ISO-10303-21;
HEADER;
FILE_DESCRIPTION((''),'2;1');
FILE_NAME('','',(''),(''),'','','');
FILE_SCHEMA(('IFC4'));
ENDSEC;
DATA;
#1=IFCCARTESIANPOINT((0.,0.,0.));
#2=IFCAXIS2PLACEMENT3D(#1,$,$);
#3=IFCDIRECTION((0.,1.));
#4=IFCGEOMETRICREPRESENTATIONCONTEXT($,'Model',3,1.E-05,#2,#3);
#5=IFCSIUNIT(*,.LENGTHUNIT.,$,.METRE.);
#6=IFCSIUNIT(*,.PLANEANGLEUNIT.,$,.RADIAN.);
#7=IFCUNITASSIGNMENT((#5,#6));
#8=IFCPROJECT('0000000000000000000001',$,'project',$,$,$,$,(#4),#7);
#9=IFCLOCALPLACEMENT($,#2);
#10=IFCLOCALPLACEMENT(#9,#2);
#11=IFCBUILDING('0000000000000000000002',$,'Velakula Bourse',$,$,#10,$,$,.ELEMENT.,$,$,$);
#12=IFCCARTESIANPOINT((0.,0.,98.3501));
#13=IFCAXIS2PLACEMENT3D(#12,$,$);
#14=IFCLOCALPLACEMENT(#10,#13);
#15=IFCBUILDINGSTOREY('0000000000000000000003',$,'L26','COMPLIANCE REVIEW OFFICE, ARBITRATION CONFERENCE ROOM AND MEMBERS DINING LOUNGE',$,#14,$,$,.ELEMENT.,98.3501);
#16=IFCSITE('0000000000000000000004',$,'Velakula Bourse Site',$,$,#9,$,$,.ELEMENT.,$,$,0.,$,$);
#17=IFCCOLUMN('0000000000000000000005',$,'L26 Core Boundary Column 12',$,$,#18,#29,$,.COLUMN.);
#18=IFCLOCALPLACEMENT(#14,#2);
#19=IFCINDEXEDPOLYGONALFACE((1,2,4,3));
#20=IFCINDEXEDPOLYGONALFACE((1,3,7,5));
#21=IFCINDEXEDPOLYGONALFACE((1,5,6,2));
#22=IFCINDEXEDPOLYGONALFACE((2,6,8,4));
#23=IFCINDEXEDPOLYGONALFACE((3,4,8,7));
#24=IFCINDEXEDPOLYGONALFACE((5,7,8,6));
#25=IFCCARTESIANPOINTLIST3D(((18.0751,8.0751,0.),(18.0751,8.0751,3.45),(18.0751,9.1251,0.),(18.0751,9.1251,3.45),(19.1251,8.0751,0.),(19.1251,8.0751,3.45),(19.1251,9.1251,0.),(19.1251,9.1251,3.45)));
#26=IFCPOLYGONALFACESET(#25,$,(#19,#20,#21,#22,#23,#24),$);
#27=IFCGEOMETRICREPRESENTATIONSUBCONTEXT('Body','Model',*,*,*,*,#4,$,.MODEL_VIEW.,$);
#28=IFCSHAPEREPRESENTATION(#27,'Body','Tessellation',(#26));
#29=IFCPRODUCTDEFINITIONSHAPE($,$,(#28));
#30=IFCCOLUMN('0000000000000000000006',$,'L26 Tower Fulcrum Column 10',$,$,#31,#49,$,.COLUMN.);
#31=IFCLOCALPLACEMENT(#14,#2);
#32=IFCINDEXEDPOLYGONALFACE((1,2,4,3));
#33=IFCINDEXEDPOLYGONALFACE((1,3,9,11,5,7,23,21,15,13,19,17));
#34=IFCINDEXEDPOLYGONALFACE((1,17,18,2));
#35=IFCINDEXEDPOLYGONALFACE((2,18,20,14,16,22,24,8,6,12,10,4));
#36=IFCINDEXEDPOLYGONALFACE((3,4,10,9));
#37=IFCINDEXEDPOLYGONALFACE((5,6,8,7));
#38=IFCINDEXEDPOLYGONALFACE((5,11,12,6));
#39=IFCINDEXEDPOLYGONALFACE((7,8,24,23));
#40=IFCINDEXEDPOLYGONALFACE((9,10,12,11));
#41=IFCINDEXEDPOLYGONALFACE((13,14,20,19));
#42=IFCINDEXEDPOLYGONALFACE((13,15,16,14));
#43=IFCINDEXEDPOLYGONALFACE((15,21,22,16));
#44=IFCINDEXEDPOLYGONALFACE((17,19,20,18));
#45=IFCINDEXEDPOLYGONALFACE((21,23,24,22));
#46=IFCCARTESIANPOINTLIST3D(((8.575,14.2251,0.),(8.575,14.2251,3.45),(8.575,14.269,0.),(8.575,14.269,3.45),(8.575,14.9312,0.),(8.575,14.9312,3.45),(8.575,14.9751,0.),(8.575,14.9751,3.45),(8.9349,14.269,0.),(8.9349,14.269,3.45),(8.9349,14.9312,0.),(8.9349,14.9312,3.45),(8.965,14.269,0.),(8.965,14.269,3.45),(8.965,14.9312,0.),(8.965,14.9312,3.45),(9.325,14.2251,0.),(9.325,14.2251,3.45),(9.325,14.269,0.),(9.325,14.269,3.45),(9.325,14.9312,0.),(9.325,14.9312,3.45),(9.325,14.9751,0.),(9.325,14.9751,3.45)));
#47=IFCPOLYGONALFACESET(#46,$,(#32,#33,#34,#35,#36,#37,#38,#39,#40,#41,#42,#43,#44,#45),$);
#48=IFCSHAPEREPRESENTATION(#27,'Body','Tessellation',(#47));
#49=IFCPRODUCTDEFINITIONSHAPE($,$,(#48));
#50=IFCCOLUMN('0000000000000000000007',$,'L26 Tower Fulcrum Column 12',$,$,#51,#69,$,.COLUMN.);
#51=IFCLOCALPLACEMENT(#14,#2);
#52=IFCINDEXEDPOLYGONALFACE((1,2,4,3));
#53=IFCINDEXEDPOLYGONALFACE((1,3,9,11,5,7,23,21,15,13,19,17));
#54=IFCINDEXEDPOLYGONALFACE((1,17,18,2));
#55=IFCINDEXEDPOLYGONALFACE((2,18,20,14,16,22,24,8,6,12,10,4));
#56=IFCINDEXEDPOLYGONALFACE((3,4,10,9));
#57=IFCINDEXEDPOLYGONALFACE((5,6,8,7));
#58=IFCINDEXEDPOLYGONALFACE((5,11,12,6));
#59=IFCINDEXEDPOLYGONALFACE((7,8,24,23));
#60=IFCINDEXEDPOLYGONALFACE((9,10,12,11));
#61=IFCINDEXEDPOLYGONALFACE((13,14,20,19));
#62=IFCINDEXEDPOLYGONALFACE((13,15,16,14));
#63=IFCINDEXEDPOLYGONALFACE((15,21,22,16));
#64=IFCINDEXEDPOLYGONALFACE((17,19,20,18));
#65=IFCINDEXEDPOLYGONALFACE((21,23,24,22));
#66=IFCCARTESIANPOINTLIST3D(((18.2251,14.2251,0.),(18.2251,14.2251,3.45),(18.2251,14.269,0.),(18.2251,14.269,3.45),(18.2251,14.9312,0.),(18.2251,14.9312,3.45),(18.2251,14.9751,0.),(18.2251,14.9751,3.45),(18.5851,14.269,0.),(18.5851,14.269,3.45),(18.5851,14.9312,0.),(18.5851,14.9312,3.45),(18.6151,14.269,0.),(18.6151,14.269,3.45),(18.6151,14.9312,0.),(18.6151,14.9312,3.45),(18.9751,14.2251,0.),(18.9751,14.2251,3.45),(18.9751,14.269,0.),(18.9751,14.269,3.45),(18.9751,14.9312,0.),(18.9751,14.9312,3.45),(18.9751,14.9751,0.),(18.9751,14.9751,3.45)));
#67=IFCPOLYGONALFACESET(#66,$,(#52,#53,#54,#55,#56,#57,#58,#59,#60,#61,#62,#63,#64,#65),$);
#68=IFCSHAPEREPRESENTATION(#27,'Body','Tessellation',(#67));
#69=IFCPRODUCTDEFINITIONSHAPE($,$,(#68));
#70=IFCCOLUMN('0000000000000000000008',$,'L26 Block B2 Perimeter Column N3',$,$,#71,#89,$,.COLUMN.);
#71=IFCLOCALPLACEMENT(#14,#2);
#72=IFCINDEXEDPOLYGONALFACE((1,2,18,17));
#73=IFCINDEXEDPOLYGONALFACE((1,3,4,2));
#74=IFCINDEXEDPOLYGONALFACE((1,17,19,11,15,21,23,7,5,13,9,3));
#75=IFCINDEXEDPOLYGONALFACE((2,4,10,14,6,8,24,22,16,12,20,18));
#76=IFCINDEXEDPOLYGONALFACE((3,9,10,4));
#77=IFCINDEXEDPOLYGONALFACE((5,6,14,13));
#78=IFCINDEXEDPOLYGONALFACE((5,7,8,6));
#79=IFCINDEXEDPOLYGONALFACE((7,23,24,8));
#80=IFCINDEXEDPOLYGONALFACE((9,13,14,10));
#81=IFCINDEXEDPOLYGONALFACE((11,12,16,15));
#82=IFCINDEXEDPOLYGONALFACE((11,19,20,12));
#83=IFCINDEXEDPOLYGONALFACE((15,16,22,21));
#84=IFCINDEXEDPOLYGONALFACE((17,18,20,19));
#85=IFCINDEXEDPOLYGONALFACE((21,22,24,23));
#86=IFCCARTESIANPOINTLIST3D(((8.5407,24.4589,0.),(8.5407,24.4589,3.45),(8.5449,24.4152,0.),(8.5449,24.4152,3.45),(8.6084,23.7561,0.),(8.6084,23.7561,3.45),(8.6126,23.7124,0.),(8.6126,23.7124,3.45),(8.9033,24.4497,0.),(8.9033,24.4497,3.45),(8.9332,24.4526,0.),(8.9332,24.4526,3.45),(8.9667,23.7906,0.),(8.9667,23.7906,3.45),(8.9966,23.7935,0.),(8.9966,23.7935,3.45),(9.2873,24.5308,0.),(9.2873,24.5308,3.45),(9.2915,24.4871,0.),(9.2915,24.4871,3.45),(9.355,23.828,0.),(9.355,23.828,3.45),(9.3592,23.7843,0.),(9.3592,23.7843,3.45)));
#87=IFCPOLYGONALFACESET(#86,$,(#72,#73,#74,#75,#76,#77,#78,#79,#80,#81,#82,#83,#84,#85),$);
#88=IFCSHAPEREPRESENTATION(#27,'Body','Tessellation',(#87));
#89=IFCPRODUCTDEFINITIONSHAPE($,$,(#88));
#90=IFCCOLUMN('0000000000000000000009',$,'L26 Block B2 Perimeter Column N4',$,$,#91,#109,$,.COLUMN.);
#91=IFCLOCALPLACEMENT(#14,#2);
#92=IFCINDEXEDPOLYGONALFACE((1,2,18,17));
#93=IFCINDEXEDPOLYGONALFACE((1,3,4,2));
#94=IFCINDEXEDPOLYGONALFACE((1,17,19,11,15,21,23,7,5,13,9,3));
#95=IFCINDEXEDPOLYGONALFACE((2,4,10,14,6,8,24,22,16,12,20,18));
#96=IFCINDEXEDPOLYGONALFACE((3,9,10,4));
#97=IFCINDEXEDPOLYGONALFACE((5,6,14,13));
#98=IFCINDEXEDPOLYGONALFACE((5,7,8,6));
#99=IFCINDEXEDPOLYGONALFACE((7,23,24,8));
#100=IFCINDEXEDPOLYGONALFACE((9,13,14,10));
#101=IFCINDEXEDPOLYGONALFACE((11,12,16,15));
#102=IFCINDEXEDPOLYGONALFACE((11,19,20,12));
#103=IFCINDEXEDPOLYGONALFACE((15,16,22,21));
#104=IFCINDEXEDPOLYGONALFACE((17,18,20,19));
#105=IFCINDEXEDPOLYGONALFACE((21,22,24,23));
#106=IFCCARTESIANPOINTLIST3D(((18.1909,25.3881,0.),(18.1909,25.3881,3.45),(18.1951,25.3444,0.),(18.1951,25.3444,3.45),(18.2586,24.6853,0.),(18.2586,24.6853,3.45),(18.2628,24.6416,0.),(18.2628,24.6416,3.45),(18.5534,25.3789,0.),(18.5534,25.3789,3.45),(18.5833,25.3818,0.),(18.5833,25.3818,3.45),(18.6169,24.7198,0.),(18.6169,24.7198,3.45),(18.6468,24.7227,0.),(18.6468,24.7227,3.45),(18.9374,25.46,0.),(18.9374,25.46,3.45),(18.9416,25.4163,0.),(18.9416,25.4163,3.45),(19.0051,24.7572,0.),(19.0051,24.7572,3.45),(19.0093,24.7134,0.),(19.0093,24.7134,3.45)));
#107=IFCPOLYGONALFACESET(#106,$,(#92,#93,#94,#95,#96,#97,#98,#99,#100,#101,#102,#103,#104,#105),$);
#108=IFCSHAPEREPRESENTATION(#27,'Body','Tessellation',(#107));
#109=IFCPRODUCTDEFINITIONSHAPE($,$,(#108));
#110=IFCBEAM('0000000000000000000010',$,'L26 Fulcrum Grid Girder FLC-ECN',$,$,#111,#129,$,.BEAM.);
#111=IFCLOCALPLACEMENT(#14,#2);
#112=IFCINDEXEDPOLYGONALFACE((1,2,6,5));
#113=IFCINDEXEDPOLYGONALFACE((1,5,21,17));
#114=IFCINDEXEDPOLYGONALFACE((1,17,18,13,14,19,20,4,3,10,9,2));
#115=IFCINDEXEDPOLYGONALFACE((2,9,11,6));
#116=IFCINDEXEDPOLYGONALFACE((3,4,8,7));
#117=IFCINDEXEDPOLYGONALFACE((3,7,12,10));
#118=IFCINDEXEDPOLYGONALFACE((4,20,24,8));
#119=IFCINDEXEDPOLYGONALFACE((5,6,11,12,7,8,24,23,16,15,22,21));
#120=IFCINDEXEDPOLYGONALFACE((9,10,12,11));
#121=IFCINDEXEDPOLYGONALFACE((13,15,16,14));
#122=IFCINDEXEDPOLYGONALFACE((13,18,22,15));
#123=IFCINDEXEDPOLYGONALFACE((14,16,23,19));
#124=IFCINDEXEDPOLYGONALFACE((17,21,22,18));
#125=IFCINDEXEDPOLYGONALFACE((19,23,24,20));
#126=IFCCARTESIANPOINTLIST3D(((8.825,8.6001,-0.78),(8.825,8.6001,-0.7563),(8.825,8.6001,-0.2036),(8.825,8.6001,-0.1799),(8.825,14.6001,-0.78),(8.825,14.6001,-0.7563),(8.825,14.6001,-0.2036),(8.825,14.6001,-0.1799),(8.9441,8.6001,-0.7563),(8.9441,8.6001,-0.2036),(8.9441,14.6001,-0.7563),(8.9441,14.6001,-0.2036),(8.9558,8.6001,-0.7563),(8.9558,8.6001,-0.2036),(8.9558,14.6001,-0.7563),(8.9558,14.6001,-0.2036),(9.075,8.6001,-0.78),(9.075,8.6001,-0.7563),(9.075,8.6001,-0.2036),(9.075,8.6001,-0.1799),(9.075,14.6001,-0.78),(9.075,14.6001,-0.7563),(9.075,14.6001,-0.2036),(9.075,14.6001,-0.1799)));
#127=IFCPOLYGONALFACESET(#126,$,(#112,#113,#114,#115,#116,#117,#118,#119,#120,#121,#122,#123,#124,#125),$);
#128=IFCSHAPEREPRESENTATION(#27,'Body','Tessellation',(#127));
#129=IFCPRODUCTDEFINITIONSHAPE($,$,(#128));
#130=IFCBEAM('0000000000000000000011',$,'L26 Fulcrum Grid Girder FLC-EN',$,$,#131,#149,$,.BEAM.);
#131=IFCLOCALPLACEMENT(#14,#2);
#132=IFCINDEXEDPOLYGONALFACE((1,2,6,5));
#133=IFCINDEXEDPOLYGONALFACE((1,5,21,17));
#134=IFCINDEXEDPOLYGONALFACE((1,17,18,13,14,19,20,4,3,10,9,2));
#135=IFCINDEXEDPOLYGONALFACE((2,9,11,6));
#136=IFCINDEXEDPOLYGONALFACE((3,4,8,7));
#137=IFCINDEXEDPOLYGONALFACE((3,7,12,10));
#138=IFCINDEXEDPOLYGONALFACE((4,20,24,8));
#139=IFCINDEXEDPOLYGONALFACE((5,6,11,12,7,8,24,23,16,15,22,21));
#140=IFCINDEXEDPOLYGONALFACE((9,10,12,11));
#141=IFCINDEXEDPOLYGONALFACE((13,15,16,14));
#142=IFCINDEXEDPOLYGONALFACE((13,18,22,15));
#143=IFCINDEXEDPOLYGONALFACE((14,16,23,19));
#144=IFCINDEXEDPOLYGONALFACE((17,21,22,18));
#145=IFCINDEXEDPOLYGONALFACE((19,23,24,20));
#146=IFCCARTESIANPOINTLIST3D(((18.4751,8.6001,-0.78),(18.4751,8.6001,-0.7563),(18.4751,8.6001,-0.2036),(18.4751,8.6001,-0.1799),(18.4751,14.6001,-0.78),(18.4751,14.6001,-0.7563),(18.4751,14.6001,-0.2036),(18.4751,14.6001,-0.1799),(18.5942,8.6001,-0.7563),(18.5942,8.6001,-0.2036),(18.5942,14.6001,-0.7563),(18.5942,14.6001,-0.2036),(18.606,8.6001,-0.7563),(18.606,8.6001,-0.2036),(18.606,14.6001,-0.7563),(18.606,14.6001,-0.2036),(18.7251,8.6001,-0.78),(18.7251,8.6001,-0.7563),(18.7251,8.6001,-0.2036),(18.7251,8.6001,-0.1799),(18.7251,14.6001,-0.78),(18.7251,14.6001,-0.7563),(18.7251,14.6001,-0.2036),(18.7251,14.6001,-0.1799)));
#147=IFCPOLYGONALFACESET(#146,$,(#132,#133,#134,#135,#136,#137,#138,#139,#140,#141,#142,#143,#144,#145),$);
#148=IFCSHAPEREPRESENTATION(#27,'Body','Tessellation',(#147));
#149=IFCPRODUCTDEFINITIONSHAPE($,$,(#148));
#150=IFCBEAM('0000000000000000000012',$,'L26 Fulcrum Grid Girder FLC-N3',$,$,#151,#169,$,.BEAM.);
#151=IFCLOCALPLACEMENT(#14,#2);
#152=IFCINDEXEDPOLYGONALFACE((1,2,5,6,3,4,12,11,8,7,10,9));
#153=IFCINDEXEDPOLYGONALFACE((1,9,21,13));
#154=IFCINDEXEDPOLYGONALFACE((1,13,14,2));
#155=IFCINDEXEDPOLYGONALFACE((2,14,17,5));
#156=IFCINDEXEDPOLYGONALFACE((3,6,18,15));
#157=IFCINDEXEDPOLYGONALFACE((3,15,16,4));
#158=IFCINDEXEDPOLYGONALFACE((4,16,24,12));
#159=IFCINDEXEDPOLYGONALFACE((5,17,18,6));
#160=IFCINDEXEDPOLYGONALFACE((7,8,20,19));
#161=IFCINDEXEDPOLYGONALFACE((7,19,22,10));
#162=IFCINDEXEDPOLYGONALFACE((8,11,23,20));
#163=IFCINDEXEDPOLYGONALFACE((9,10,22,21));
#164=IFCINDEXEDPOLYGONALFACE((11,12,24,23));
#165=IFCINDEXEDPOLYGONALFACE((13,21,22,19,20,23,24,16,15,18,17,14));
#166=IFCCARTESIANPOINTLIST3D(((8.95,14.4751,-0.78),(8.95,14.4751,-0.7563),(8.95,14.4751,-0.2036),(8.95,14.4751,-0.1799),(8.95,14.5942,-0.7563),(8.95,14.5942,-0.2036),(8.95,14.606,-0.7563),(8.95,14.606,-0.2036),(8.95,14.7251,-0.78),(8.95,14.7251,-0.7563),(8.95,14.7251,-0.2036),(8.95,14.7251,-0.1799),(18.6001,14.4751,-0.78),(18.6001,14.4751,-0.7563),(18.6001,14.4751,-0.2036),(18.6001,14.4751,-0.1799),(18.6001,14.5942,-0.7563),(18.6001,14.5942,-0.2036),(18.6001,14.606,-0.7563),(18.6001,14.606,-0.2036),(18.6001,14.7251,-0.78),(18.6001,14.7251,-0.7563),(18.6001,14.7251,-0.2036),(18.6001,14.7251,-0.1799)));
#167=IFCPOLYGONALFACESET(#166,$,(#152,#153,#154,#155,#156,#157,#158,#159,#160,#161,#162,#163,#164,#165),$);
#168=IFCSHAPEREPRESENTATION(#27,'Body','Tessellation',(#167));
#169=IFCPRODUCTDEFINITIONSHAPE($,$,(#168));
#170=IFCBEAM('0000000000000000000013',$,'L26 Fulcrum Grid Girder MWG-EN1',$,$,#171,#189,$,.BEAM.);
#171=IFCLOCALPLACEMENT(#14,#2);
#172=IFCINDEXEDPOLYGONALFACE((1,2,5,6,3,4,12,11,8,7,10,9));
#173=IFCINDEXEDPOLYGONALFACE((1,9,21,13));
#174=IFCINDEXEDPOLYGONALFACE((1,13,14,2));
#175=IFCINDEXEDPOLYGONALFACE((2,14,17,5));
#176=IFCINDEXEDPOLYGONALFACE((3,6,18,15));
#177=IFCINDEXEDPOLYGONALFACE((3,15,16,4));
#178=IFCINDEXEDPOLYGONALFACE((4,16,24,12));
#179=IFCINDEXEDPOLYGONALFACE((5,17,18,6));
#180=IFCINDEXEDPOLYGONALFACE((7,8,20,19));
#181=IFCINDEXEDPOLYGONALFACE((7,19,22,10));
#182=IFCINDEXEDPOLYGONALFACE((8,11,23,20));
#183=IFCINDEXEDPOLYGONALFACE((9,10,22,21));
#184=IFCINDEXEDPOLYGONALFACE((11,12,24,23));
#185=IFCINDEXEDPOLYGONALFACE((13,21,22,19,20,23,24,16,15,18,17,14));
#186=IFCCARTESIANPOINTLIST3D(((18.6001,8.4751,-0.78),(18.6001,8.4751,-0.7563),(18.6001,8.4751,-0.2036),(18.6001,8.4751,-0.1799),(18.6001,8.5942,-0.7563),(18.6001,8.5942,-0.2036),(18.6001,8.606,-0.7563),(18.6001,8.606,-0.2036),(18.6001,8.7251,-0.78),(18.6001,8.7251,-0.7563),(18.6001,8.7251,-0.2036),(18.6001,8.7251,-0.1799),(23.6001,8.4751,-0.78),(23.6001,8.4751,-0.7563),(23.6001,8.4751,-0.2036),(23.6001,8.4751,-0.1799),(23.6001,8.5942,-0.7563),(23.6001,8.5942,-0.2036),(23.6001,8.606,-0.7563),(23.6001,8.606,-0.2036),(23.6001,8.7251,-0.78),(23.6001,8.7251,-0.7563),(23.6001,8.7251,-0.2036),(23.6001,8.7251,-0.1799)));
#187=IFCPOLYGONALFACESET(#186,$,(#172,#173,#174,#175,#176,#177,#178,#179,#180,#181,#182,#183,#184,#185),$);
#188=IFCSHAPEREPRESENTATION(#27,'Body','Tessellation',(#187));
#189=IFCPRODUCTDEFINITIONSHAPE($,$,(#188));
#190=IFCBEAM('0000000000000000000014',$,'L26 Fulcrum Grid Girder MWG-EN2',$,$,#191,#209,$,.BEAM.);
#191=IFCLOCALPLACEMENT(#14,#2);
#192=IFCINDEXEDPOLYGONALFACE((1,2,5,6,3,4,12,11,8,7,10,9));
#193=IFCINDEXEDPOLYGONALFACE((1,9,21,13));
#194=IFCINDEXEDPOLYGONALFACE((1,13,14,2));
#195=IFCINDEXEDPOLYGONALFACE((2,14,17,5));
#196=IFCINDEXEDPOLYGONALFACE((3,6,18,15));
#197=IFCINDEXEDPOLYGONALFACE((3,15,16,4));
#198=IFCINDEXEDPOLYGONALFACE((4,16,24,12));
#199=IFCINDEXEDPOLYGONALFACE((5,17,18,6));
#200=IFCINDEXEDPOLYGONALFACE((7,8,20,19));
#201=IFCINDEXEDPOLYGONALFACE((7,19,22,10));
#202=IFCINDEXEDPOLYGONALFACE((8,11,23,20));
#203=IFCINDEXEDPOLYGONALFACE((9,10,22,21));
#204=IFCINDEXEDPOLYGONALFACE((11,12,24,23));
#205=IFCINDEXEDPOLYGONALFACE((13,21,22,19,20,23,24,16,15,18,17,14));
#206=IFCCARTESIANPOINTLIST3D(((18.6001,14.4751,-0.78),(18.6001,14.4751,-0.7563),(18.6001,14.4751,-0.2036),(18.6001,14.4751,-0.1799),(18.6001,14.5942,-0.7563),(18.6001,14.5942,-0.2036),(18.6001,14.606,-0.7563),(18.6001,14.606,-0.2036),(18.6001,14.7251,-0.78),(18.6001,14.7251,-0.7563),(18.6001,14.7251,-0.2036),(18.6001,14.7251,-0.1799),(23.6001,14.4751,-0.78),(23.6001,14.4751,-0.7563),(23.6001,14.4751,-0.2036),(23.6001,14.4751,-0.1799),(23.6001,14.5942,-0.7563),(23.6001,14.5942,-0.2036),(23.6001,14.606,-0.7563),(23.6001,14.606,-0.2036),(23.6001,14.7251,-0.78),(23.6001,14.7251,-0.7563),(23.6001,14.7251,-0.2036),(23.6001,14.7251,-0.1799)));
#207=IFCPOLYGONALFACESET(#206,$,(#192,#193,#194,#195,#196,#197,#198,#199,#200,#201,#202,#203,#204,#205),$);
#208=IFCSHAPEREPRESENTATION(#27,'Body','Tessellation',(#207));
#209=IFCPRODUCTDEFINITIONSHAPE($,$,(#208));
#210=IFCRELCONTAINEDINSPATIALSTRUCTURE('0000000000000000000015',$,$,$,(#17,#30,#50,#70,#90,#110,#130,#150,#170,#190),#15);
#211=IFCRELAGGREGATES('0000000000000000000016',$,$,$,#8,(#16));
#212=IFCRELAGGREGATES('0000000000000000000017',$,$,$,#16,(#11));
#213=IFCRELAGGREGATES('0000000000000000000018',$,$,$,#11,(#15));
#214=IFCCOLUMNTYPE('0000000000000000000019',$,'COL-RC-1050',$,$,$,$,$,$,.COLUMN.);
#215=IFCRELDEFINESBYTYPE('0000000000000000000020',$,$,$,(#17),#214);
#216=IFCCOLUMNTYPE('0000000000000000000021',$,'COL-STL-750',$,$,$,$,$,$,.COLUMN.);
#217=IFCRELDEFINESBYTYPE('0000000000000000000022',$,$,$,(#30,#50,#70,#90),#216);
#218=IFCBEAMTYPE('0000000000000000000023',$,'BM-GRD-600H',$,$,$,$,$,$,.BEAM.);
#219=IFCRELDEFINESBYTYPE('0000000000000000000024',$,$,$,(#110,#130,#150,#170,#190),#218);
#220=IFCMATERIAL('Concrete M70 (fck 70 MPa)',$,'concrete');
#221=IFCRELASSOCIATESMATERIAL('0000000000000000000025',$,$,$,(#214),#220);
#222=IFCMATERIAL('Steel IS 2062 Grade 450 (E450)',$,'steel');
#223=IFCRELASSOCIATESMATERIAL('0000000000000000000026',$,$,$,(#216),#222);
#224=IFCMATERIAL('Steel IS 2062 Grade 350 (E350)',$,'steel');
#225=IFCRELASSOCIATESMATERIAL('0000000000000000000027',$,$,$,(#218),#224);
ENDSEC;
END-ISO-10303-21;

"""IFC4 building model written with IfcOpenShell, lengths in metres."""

from ifc_helpers import new_model, si_unit, direction, frame, origin, origin_2d, place, context, subcontext, project, spatial, rectangle, i_section, extrude, material, material_profile, profile_set, type_object, element, save


model = new_model("IFC4")

# Units and contexts
model_context = context("Model", 3, precision=1e-05, world=origin(), true_north=direction((0.0, 1.0)))
body_context = subcontext(model_context, "Body", "Model", "MODEL_VIEW")
ifc_project = project(units=[si_unit("LENGTHUNIT", "METRE"), si_unit("PLANEANGLEUNIT", "RADIAN")], contexts=[model_context])

# Site, building, storey
site_placement = place(None, origin())
site = spatial("IfcSite", under=ifc_project, at=site_placement, Name="Velakula Bourse Site", CompositionType="ELEMENT", RefElevation=0.0)
building_placement = place(site_placement, origin())
building = spatial("IfcBuilding", under=site, at=building_placement, Name="Velakula Bourse", CompositionType="ELEMENT")
storey_placement = place(building_placement, frame((0.0, 0.0, 98.3501)))
storey = spatial("IfcBuildingStorey", under=building, at=storey_placement, Name="L26", Description="COMPLIANCE REVIEW OFFICE, ARBITRATION CONFERENCE ROOM AND MEMBERS DINING LOUNGE", CompositionType="ELEMENT", Elevation=98.3501)

# Columns
ifc_material_1 = material(Name="Concrete M70 (fck 70 MPa)", Category="concrete")
ifc_material_profile_1 = material_profile(ifc_material_1, rectangle(XDim=1.05, YDim=1.05, at=origin_2d()), Name="Concrete M70 (fck 70 MPa)")
ifc_profile_set_1 = profile_set([ifc_material_profile_1], Name="Concrete M70 (fck 70 MPa)")
column_type_1 = type_object("IfcColumnType", Name="COL-RC-1050", PredefinedType="COLUMN", material=ifc_profile_set_1)
column_placement = place(storey_placement, frame((18.6001, 8.6001, 0.0), z_axis=(0.0, 0.0, 1.0), x_axis=(1.0, 0.0, 0.0)))
element("IfcColumn", 1, at=column_placement, inside=storey, type_object=column_type_1, Name="L26 Core Boundary Column 12", PredefinedType="COLUMN", context=body_context, shape_type="SweptSolid", body=[
    extrude(rectangle(XDim=1.05, YDim=1.05, at=origin_2d()), origin(), (0.0, 0.0, 1.0), 3.45),
])
ifc_material_2 = material(Name="Steel IS 2062 Grade 450 (E450)", Category="steel")
ifc_material_profile_2 = material_profile(ifc_material_2, i_section(OverallWidth=0.75, OverallDepth=0.75, WebThickness=0.03, FlangeThickness=0.0439, at=origin_2d()), Name="Steel IS 2062 Grade 450 (E450)")
ifc_profile_set_2 = profile_set([ifc_material_profile_2], Name="Steel IS 2062 Grade 450 (E450)")
column_type_2 = type_object("IfcColumnType", Name="COL-STL-750", PredefinedType="COLUMN", material=ifc_profile_set_2)
for number, where, z_axis, x_axis, name in (
    (2, (8.95, 14.6001, 0.0), (0.0, 0.0, 1.0), (1.0, 0.0, 0.0), "L26 Tower Fulcrum Column 10"),
    (3, (18.6001, 14.6001, 0.0), (0.0, 0.0, 1.0), (1.0, 0.0, 0.0), "L26 Tower Fulcrum Column 12"),
    (4, (8.95, 24.1216, 0.0), (0.0, 0.0, 1.0), (0.995396, 0.095846, 0.0), "L26 Block B2 Perimeter Column N3"),
    (5, (18.6001, 25.0508, 0.0), (0.0, 0.0, 1.0), (0.995396, 0.095846, 0.0), "L26 Block B2 Perimeter Column N4"),
):
    element("IfcColumn", number, at=place(storey_placement, frame(where, z_axis=z_axis, x_axis=x_axis)), inside=storey, type_object=column_type_2, Name=name, PredefinedType="COLUMN", context=body_context, shape_type="SweptSolid", body=[
        extrude(i_section(OverallWidth=0.75, OverallDepth=0.75, WebThickness=0.03, FlangeThickness=0.0439, at=origin_2d()), origin(), (0.0, 0.0, 1.0), 3.45),
    ])

# Beams
ifc_material_3 = material(Name="Steel IS 2062 Grade 350 (E350)", Category="steel")
ifc_material_profile_3 = material_profile(ifc_material_3, i_section(OverallWidth=0.25, OverallDepth=0.6001, WebThickness=0.0117, FlangeThickness=0.0237, at=origin_2d()), Name="Steel IS 2062 Grade 350 (E350)")
ifc_profile_set_3 = profile_set([ifc_material_profile_3], Name="Steel IS 2062 Grade 350 (E350)")
beam_type_1 = type_object("IfcBeamType", Name="BM-GRD-600H", PredefinedType="BEAM", material=ifc_profile_set_3)
for number, where, z_axis, x_axis, name in (
    (6, (8.95, 8.6001, -0.48), (0.0, 1.0, 0.0), (-1.0, 0.0, 0.0), "L26 Fulcrum Grid Girder FLC-ECN"),
    (7, (18.6001, 8.6001, -0.48), (0.0, 1.0, 0.0), (-1.0, 0.0, 0.0), "L26 Fulcrum Grid Girder FLC-EN"),
):
    element("IfcBeam", number, at=place(storey_placement, frame(where, z_axis=z_axis, x_axis=x_axis)), inside=storey, type_object=beam_type_1, Name=name, PredefinedType="BEAM", context=body_context, shape_type="SweptSolid", body=[
        extrude(i_section(OverallWidth=0.25, OverallDepth=0.6001, WebThickness=0.0117, FlangeThickness=0.0237, at=origin_2d()), origin(), (0.0, 0.0, 1.0), 6.0),
    ])
beam_1_placement = place(storey_placement, frame((8.95, 14.6001, -0.48), z_axis=(1.0, 0.0, 0.0), x_axis=(0.0, 1.0, 0.0)))
element("IfcBeam", 8, at=beam_1_placement, inside=storey, type_object=beam_type_1, Name="L26 Fulcrum Grid Girder FLC-N3", PredefinedType="BEAM", context=body_context, shape_type="SweptSolid", body=[
    extrude(i_section(OverallWidth=0.25, OverallDepth=0.6001, WebThickness=0.0117, FlangeThickness=0.0237, at=origin_2d()), origin(), (0.0, 0.0, 1.0), 9.6501),
])
for number, where, z_axis, x_axis, name in (
    (9, (18.6001, 8.6001, -0.48), (1.0, 0.0, 0.0), (0.0, 1.0, 0.0), "L26 Fulcrum Grid Girder MWG-EN1"),
    (10, (18.6001, 14.6001, -0.48), (1.0, 0.0, 0.0), (0.0, 1.0, 0.0), "L26 Fulcrum Grid Girder MWG-EN2"),
):
    element("IfcBeam", number, at=place(storey_placement, frame(where, z_axis=z_axis, x_axis=x_axis)), inside=storey, type_object=beam_type_1, Name=name, PredefinedType="BEAM", context=body_context, shape_type="SweptSolid", body=[
        extrude(i_section(OverallWidth=0.25, OverallDepth=0.6001, WebThickness=0.0117, FlangeThickness=0.0237, at=origin_2d()), origin(), (0.0, 0.0, 1.0), 5.0),
    ])

save(model, "model.ifc")
